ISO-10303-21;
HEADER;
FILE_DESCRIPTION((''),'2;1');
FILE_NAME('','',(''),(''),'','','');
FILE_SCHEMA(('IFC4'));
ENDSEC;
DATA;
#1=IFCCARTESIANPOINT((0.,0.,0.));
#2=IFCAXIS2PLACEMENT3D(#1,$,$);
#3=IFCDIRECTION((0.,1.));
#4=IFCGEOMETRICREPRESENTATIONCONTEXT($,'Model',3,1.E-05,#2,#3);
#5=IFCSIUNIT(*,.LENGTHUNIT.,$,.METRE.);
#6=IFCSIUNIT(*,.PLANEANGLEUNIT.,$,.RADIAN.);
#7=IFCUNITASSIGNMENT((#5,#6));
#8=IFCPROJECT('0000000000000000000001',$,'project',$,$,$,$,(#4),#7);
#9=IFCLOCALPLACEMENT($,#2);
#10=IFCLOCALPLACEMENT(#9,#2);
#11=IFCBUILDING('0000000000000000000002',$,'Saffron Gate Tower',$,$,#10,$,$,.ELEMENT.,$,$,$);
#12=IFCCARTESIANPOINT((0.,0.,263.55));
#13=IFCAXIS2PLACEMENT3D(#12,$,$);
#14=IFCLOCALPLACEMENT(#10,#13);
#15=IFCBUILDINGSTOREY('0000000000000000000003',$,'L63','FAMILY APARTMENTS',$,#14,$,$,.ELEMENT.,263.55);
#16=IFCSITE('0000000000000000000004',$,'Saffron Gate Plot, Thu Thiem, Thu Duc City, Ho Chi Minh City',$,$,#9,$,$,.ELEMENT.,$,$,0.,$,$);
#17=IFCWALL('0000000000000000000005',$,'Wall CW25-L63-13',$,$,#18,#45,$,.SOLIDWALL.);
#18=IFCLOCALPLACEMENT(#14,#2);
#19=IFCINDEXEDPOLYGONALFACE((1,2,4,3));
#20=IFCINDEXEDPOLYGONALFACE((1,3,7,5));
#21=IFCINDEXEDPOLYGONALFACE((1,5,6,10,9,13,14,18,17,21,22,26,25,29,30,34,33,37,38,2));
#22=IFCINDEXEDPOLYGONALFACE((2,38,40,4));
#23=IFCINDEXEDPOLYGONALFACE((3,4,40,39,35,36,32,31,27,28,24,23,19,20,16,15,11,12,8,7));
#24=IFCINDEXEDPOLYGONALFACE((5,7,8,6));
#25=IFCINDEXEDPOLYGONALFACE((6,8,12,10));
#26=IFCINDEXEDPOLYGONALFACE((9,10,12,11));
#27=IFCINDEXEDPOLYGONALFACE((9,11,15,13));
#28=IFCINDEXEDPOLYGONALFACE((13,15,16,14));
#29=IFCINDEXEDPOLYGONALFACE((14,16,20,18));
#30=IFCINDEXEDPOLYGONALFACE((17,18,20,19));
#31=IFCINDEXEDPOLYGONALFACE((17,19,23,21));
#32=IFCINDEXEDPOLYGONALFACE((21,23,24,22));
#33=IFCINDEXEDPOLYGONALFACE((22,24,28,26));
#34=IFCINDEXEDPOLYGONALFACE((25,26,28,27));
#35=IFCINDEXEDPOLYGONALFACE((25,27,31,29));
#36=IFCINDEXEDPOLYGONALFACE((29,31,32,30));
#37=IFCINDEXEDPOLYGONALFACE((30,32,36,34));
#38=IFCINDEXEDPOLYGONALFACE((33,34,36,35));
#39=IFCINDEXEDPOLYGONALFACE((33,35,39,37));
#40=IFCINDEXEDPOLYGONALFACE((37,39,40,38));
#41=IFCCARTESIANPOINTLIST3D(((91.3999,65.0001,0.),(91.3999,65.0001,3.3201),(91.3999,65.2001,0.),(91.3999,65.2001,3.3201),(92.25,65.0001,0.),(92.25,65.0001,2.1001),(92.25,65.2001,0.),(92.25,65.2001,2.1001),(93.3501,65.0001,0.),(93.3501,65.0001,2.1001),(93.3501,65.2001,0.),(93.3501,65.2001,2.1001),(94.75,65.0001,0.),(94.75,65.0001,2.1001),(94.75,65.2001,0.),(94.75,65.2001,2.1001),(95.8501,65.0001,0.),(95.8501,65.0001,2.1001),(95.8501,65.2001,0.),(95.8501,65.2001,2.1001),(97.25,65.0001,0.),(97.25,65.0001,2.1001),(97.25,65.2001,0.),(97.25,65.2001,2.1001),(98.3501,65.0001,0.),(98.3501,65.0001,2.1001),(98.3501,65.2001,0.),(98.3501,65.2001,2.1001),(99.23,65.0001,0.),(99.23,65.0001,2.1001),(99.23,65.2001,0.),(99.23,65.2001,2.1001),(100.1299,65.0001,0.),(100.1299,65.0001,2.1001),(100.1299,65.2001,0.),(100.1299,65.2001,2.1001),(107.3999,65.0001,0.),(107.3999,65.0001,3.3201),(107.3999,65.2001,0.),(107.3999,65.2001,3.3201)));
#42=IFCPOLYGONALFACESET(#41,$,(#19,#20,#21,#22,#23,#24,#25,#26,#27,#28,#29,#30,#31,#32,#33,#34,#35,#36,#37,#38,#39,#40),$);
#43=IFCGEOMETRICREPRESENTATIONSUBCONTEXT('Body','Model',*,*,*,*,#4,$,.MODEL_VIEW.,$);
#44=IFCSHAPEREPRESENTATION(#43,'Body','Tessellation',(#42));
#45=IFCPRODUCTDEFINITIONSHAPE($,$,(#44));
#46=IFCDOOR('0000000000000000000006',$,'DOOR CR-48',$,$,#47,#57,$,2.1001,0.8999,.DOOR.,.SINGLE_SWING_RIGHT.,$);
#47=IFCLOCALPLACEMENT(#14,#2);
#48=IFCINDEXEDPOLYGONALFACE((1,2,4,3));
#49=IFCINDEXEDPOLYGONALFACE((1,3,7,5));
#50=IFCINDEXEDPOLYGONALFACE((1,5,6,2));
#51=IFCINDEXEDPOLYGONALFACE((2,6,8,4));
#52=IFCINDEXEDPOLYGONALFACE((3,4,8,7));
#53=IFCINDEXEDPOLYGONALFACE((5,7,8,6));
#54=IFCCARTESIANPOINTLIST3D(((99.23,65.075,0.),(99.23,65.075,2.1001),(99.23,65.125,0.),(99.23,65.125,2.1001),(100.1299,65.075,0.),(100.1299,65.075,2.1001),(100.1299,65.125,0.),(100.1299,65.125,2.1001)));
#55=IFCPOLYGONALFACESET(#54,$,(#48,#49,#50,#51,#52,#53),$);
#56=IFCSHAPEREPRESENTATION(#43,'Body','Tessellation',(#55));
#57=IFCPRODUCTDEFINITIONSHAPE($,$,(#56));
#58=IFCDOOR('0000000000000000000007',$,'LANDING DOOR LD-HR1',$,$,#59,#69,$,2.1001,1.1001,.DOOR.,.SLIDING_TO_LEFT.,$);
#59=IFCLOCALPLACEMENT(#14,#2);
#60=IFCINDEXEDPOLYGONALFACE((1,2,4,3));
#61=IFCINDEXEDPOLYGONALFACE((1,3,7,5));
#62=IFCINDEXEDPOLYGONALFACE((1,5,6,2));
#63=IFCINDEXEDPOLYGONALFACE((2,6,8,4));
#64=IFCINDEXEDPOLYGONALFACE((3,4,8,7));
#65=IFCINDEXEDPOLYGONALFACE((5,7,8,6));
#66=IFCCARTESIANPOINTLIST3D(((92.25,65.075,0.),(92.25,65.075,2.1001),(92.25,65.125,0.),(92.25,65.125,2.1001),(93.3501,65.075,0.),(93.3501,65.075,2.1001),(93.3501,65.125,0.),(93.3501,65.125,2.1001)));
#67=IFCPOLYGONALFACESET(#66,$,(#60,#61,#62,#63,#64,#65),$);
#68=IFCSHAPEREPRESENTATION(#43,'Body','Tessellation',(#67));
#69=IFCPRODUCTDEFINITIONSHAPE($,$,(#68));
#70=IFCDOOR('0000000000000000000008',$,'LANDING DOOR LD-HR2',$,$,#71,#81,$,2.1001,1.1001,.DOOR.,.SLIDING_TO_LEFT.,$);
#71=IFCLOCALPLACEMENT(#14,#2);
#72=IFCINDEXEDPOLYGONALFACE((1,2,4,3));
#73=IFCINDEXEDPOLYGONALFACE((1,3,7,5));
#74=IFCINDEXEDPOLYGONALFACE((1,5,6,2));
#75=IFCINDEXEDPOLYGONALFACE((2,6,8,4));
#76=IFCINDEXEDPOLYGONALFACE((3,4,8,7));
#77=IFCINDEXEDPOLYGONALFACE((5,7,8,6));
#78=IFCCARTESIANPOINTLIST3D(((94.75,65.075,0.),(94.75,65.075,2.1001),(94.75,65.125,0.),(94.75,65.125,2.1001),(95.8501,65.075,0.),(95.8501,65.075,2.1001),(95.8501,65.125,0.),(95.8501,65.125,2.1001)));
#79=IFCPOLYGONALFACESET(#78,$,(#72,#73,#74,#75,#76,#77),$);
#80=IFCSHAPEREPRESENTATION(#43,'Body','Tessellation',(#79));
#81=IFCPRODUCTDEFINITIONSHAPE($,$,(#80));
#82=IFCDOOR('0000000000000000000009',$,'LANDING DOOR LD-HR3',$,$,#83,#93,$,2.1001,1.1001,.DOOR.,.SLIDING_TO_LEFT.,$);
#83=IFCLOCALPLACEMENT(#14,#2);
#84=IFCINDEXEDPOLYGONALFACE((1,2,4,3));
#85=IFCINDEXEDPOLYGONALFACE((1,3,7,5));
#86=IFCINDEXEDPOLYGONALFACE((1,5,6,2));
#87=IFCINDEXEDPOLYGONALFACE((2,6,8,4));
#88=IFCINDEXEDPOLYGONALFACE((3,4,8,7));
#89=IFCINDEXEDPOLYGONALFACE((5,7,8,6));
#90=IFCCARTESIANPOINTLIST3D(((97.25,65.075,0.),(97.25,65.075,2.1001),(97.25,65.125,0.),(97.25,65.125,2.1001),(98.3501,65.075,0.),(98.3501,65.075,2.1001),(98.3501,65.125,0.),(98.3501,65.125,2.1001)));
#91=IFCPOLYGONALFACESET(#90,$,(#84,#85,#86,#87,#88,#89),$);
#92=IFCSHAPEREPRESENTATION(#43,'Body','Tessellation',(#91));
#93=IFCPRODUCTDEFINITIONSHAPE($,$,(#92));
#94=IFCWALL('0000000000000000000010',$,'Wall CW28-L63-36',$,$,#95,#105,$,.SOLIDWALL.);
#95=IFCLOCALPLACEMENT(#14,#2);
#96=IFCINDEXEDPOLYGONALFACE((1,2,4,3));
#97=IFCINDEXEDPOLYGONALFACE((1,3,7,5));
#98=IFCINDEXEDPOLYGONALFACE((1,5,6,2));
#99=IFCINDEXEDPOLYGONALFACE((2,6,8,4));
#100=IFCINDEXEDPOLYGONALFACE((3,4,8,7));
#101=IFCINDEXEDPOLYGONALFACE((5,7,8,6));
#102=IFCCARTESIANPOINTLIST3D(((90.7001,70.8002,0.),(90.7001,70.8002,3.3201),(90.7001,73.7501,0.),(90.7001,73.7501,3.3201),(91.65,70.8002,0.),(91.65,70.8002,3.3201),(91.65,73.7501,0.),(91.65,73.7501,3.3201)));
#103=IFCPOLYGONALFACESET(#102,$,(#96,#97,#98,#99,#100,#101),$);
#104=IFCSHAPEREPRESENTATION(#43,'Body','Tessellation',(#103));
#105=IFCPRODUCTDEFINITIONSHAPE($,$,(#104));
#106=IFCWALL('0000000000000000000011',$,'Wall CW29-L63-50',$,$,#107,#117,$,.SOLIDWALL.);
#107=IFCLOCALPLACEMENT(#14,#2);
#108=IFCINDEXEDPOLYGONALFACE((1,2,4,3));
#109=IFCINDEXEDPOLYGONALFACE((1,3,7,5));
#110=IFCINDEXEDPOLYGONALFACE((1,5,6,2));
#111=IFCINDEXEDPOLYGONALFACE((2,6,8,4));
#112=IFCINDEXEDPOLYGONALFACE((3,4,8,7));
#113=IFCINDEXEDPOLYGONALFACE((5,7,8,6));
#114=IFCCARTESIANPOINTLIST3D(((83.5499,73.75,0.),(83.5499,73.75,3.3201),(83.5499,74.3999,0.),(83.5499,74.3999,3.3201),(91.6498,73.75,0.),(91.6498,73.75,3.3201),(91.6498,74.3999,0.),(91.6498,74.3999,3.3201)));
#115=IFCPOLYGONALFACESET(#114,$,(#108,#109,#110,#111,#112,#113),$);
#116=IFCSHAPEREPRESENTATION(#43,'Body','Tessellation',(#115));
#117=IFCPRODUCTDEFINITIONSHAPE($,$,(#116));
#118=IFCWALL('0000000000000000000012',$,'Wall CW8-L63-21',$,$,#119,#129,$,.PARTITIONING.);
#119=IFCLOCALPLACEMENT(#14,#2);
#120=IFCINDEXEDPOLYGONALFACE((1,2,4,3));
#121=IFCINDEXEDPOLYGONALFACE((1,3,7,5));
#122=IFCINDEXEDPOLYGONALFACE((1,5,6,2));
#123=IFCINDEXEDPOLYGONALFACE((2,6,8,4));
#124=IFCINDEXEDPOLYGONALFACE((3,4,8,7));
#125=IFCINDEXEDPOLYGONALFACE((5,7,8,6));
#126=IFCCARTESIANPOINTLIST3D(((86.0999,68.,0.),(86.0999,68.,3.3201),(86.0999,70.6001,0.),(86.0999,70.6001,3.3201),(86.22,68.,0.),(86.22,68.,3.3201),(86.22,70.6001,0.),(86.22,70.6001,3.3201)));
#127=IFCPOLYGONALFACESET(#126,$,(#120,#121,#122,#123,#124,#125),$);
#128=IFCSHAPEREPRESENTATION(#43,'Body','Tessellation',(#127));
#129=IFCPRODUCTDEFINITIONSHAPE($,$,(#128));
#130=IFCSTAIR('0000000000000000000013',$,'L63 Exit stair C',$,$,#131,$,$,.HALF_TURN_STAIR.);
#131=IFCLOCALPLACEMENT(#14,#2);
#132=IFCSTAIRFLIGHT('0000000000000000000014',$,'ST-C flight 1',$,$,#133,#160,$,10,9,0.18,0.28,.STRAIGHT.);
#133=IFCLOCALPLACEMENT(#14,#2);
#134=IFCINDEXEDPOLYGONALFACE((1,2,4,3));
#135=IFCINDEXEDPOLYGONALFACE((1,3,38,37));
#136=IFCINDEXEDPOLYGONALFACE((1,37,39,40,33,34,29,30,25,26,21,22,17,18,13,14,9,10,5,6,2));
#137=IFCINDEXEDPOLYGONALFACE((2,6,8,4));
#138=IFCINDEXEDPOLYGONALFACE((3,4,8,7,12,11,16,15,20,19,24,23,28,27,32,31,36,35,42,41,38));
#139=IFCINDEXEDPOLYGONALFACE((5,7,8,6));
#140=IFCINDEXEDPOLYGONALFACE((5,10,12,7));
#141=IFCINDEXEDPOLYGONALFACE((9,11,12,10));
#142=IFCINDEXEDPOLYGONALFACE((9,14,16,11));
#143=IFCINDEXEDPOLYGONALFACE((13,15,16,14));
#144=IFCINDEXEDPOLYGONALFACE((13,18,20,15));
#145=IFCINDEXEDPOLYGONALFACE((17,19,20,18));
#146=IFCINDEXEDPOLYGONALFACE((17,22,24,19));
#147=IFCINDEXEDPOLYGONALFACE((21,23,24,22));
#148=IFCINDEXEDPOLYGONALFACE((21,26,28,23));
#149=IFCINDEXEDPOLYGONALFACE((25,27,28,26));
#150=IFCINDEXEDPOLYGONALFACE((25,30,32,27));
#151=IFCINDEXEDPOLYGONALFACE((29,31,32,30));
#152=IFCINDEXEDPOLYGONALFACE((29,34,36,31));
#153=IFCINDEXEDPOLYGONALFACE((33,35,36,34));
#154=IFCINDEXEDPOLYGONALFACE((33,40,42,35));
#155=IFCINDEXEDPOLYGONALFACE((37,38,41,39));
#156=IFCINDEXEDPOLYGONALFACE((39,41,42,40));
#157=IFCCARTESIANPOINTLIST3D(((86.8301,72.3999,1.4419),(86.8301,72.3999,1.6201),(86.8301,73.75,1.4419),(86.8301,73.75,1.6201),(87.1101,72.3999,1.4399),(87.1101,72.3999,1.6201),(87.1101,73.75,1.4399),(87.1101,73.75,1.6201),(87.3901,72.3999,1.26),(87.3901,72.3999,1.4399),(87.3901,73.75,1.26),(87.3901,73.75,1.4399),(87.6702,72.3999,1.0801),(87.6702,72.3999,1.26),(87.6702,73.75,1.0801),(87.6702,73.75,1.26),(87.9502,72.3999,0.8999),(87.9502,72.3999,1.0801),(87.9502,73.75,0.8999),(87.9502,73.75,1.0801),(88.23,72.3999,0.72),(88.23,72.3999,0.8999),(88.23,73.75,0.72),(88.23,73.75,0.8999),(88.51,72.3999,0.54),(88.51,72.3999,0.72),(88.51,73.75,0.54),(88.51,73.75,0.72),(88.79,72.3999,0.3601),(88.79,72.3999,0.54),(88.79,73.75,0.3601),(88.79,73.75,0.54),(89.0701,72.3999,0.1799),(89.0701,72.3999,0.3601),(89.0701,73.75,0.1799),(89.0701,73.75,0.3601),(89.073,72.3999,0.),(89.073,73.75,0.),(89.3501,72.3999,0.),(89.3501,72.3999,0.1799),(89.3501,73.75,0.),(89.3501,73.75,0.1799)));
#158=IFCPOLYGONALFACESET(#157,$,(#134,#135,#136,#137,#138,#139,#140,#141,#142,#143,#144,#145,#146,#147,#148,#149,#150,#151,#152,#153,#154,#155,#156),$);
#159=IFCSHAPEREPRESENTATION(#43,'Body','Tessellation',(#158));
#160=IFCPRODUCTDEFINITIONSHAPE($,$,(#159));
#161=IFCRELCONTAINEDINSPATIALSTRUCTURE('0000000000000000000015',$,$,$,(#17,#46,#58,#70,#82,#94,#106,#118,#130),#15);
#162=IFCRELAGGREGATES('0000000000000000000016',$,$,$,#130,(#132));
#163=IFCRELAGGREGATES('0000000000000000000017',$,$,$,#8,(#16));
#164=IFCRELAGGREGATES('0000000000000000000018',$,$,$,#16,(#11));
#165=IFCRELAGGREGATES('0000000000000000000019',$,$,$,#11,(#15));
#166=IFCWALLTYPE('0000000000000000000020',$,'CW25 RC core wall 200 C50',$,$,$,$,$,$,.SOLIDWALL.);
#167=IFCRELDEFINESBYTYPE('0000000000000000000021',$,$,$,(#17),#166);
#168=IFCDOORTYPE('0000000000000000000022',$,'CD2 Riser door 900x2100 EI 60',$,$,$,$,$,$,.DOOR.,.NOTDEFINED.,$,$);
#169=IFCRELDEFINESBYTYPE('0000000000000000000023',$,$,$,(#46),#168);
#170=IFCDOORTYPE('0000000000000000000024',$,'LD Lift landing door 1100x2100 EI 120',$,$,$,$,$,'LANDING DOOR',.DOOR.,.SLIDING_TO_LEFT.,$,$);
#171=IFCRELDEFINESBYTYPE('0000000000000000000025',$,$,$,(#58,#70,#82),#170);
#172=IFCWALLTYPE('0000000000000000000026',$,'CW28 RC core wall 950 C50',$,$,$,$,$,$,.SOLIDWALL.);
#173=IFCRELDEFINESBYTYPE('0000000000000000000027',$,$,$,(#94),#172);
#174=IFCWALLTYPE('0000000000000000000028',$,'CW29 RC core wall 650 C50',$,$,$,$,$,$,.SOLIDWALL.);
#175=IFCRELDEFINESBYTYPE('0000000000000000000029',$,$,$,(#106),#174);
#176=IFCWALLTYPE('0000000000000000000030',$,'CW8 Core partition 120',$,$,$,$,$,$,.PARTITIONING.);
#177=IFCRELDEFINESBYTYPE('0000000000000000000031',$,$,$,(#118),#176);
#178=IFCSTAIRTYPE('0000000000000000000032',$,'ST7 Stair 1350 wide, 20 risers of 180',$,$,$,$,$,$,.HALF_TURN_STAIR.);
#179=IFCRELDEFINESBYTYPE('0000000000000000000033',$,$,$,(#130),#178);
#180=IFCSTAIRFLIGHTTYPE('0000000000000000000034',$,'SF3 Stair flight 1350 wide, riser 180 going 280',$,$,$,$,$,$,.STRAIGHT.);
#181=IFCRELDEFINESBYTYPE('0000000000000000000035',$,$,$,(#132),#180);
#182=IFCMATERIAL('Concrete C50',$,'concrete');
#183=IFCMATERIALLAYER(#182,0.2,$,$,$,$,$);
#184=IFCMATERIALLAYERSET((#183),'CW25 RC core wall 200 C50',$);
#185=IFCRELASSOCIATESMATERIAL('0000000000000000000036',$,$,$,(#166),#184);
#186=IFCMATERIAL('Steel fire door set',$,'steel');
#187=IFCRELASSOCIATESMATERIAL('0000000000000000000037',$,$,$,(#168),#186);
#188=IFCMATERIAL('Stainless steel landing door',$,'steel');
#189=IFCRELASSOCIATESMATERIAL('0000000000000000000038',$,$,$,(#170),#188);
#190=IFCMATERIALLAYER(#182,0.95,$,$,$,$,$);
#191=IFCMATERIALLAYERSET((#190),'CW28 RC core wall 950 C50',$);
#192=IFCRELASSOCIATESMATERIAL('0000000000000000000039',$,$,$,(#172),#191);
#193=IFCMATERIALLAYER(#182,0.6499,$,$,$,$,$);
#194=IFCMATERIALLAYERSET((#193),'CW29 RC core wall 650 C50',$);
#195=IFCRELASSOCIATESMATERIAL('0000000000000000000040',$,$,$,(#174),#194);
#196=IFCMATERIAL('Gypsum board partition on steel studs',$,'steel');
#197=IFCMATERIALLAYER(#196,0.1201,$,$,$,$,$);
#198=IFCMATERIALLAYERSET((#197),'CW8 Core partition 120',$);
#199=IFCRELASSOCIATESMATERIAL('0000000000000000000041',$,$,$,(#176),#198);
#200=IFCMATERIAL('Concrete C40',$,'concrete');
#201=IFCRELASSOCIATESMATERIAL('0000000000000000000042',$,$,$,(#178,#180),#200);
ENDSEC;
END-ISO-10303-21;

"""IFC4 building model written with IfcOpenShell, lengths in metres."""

from ifc_helpers import new_model, si_unit, direction, frame, frame_2d, origin, place, context, subcontext, project, spatial, polyline, rectangle, outline, extrude, material, layer, layer_set, type_object, element, fill, aggregate, save


model = new_model("IFC4")

# Units and contexts
model_context = context("Model", 3, precision=1e-05, world=origin(), true_north=direction((0.0, 1.0)))
body_context = subcontext(model_context, "Body", "Model", "MODEL_VIEW")
ifc_project = project(units=[si_unit("LENGTHUNIT", "METRE"), si_unit("PLANEANGLEUNIT", "RADIAN")], contexts=[model_context])

# Site, building, storey
site_placement = place(None, origin())
site = spatial("IfcSite", under=ifc_project, at=site_placement, Name="Saffron Gate Plot, Thu Thiem, Thu Duc City, Ho Chi Minh City", CompositionType="ELEMENT", RefElevation=0.0)
building_placement = place(site_placement, origin())
building = spatial("IfcBuilding", under=site, at=building_placement, Name="Saffron Gate Tower", CompositionType="ELEMENT")
storey_placement = place(building_placement, frame((0.0, 0.0, 263.55)))
storey = spatial("IfcBuildingStorey", under=building, at=storey_placement, Name="L63", Description="FAMILY APARTMENTS", CompositionType="ELEMENT", Elevation=263.55)

# Shared definitions
ifc_material_1 = material(Name="Gypsum board partition on steel studs", Category="steel")
ifc_material_2 = material(Name="Concrete C50", Category="concrete")

# Shared definitions
ifc_material_3 = material(Name="Steel fire door set", Category="steel")

# Wall, openings, doors
ifc_layer_1 = layer(ifc_material_2, 0.2)
ifc_layer_set_1 = layer_set([ifc_layer_1], Name="CW25 RC core wall 200 C50")
wall_type_1 = type_object("IfcWallType", Name="CW25 RC core wall 200 C50", PredefinedType="SOLIDWALL", material=ifc_layer_set_1)
wall_1_placement = place(storey_placement, frame((91.3999, 65.1001, 0.0), z_axis=(0.0, 0.0, 1.0), x_axis=(1.0, 0.0, 0.0)))
wall_1 = element("IfcWall", 1, at=wall_1_placement, inside=storey, type_object=wall_type_1, Name="Wall CW25-L63-13", PredefinedType="SOLIDWALL", context=body_context, shape_type="SweptSolid", body=[
    extrude(rectangle(XDim=16.0, YDim=0.2, at=frame_2d((8.0, 0.0))), origin(), (0.0, 0.0, 1.0), 3.3201),
])
opening_1_placement = place(wall_1_placement, frame((0.8501, 0.0, 0.0)))
opening_1 = element("IfcOpeningElement", 2, at=opening_1_placement, cuts=wall_1, PredefinedType="OPENING", context=body_context, shape_type="SweptSolid", body=[
    extrude(rectangle(XDim=1.1001, YDim=2.1001, at=frame_2d((0.55, 1.05))), frame((0.0, 0.1099, 0.0), z_axis=(0.0, -1.0, 0.0), x_axis=(1.0, 0.0, 0.0)), (0.0, 0.0, 1.0), 0.22),
])
opening_2_placement = place(wall_1_placement, frame((3.3501, 0.0, 0.0)))
opening_2 = element("IfcOpeningElement", 3, at=opening_2_placement, cuts=wall_1, PredefinedType="OPENING", context=body_context, shape_type="SweptSolid", body=[
    extrude(rectangle(XDim=1.1001, YDim=2.1001, at=frame_2d((0.55, 1.05))), frame((0.0, 0.1099, 0.0), z_axis=(0.0, -1.0, 0.0), x_axis=(1.0, 0.0, 0.0)), (0.0, 0.0, 1.0), 0.22),
])
opening_3_placement = place(wall_1_placement, frame((5.8501, 0.0, 0.0)))
opening_3 = element("IfcOpeningElement", 4, at=opening_3_placement, cuts=wall_1, PredefinedType="OPENING", context=body_context, shape_type="SweptSolid", body=[
    extrude(rectangle(XDim=1.1001, YDim=2.1001, at=frame_2d((0.55, 1.05))), frame((0.0, 0.1099, 0.0), z_axis=(0.0, -1.0, 0.0), x_axis=(1.0, 0.0, 0.0)), (0.0, 0.0, 1.0), 0.22),
])
opening_4_placement = place(wall_1_placement, frame((7.8301, 0.0, 0.0)))
opening_4 = element("IfcOpeningElement", 5, at=opening_4_placement, cuts=wall_1, PredefinedType="OPENING", context=body_context, shape_type="SweptSolid", body=[
    extrude(rectangle(XDim=0.8999, YDim=2.1001, at=frame_2d((0.45, 1.05))), frame((0.0, 0.1099, 0.0), z_axis=(0.0, -1.0, 0.0), x_axis=(1.0, 0.0, 0.0)), (0.0, 0.0, 1.0), 0.22),
])
door_type_1 = type_object("IfcDoorType", Name="CD2 Riser door 900x2100 EI 60", OperationType="NOTDEFINED", PredefinedType="DOOR", material=ifc_material_3)
door_1_placement = place(opening_4_placement, origin())
door_1 = element("IfcDoor", 6, at=door_1_placement, inside=storey, type_object=door_type_1, Name="DOOR CR-48", OperationType="SINGLE_SWING_RIGHT", OverallHeight=2.1001, OverallWidth=0.8999, PredefinedType="DOOR", context=body_context, shape_type="SweptSolid", body=[
    extrude(rectangle(XDim=0.8999, YDim=2.1001, at=frame_2d((0.45, 1.05))), frame((0.0, 0.0249, 0.0), z_axis=(0.0, -1.0, 0.0), x_axis=(1.0, 0.0, 0.0)), (0.0, 0.0, 1.0), 0.05),
])
fill(opening_4, door_1)
ifc_material_4 = material(Name="Stainless steel landing door", Category="steel")
door_type_2 = type_object("IfcDoorType", Name="LD Lift landing door 1100x2100 EI 120", ElementType="LANDING DOOR", OperationType="SLIDING_TO_LEFT", PredefinedType="DOOR", material=ifc_material_4)
door_2_placement = place(opening_1_placement, origin())
door_2 = element("IfcDoor", 7, at=door_2_placement, inside=storey, type_object=door_type_2, Name="LANDING DOOR LD-HR1", OperationType="SLIDING_TO_LEFT", OverallHeight=2.1001, OverallWidth=1.1001, PredefinedType="DOOR", context=body_context, shape_type="SweptSolid", body=[
    extrude(rectangle(XDim=1.1001, YDim=2.1001, at=frame_2d((0.55, 1.05))), frame((0.0, 0.0249, 0.0), z_axis=(0.0, -1.0, 0.0), x_axis=(1.0, 0.0, 0.0)), (0.0, 0.0, 1.0), 0.05),
])
fill(opening_1, door_2)
door_3_placement = place(opening_2_placement, origin())
door_3 = element("IfcDoor", 8, at=door_3_placement, inside=storey, type_object=door_type_2, Name="LANDING DOOR LD-HR2", OperationType="SLIDING_TO_LEFT", OverallHeight=2.1001, OverallWidth=1.1001, PredefinedType="DOOR", context=body_context, shape_type="SweptSolid", body=[
    extrude(rectangle(XDim=1.1001, YDim=2.1001, at=frame_2d((0.55, 1.05))), frame((0.0, 0.0249, 0.0), z_axis=(0.0, -1.0, 0.0), x_axis=(1.0, 0.0, 0.0)), (0.0, 0.0, 1.0), 0.05),
])
fill(opening_2, door_3)
door_4_placement = place(opening_3_placement, origin())
door_4 = element("IfcDoor", 9, at=door_4_placement, inside=storey, type_object=door_type_2, Name="LANDING DOOR LD-HR3", OperationType="SLIDING_TO_LEFT", OverallHeight=2.1001, OverallWidth=1.1001, PredefinedType="DOOR", context=body_context, shape_type="SweptSolid", body=[
    extrude(rectangle(XDim=1.1001, YDim=2.1001, at=frame_2d((0.55, 1.05))), frame((0.0, 0.0249, 0.0), z_axis=(0.0, -1.0, 0.0), x_axis=(1.0, 0.0, 0.0)), (0.0, 0.0, 1.0), 0.05),
])
fill(opening_3, door_4)

# Walls
ifc_layer_2 = layer(ifc_material_2, 0.95)
ifc_layer_set_2 = layer_set([ifc_layer_2], Name="CW28 RC core wall 950 C50")
wall_type_2 = type_object("IfcWallType", Name="CW28 RC core wall 950 C50", PredefinedType="SOLIDWALL", material=ifc_layer_set_2)
wall_2_placement = place(storey_placement, frame((91.175, 70.8, 0.0), z_axis=(0.0, 0.0, 1.0), x_axis=(0.0, 1.0, 0.0)))
element("IfcWall", 10, at=wall_2_placement, inside=storey, type_object=wall_type_2, Name="Wall CW28-L63-36", PredefinedType="SOLIDWALL", context=body_context, shape_type="SweptSolid", body=[
    extrude(rectangle(XDim=2.95, YDim=0.95, at=frame_2d((1.4751, 0.0))), origin(), (0.0, 0.0, 1.0), 3.3201),
])
ifc_layer_3 = layer(ifc_material_2, 0.6499)
ifc_layer_set_3 = layer_set([ifc_layer_3], Name="CW29 RC core wall 650 C50")
wall_type_3 = type_object("IfcWallType", Name="CW29 RC core wall 650 C50", PredefinedType="SOLIDWALL", material=ifc_layer_set_3)
wall_3_placement = place(storey_placement, frame((83.55, 74.075, 0.0), z_axis=(0.0, 0.0, 1.0), x_axis=(1.0, 0.0, 0.0)))
element("IfcWall", 11, at=wall_3_placement, inside=storey, type_object=wall_type_3, Name="Wall CW29-L63-50", PredefinedType="SOLIDWALL", context=body_context, shape_type="SweptSolid", body=[
    extrude(rectangle(XDim=8.0999, YDim=0.6499, at=frame_2d((4.0498, 0.0))), origin(), (0.0, 0.0, 1.0), 3.3201),
])
ifc_layer_4 = layer(ifc_material_1, 0.1201)
ifc_layer_set_4 = layer_set([ifc_layer_4], Name="CW8 Core partition 120")
wall_type_4 = type_object("IfcWallType", Name="CW8 Core partition 120", PredefinedType="PARTITIONING", material=ifc_layer_set_4)
wall_4_placement = place(storey_placement, frame((86.1599, 68.0, 0.0), z_axis=(0.0, 0.0, 1.0), x_axis=(0.0, 1.0, 0.0)))
element("IfcWall", 12, at=wall_4_placement, inside=storey, type_object=wall_type_4, Name="Wall CW8-L63-21", PredefinedType="PARTITIONING", context=body_context, shape_type="SweptSolid", body=[
    extrude(rectangle(XDim=2.6001, YDim=0.1201, at=frame_2d((1.3, 0.0))), origin(), (0.0, 0.0, 1.0), 3.3201),
])

# Stair, stair flight
ifc_material_5 = material(Name="Concrete C40", Category="concrete")
stair_type = type_object("IfcStairType", Name="ST7 Stair 1350 wide, 20 risers of 180", PredefinedType="HALF_TURN_STAIR", material=ifc_material_5)
stair_placement = place(storey_placement, origin())
stair = element("IfcStair", 13, at=stair_placement, inside=storey, type_object=stair_type, Name="L63 Exit stair C", PredefinedType="HALF_TURN_STAIR")
stair_flight_type = type_object("IfcStairFlightType", Name="SF3 Stair flight 1350 wide, riser 180 going 280", PredefinedType="STRAIGHT", material=ifc_material_5)
stair_flight_1_placement = place(storey_placement, frame((89.3501, 73.075, 0.0), z_axis=(0.0, 0.0, 1.0), x_axis=(-1.0, 0.0, 0.0)))
stair_flight_1 = element("IfcStairFlight", 14, at=stair_flight_1_placement, type_object=stair_flight_type, Name="ST-C flight 1", NumberOfRisers=10, NumberOfTreads=9, PredefinedType="STRAIGHT", RiserHeight=0.18, TreadLength=0.28, context=body_context, shape_type="SweptSolid", body=[
    extrude(outline(polyline([(0.0, 0.0), (0.0, 0.1799), (0.28, 0.1799), (0.28, 0.3601), (0.5601, 0.3601), (0.5601, 0.54), (0.8401, 0.54), (0.8401, 0.72), (1.1201, 0.72), (1.1201, 0.8999), (1.3999, 0.8999), (1.3999, 1.0801), (1.6799, 1.0801), (1.6799, 1.26), (1.96, 1.26), (1.96, 1.4399), (2.24, 1.4399), (2.24, 1.6201), (2.52, 1.6201), (2.52, 1.8), (2.52, 1.4419), (0.2771, 0.0), (0.0, 0.0)])), frame((0.0, 0.675, 0.0), z_axis=(0.0, -1.0, 0.0), x_axis=(1.0, 0.0, 0.0)), (0.0, 0.0, 1.0), 1.3501),
])
aggregate(stair, [stair_flight_1])

save(model, "model.ifc")
